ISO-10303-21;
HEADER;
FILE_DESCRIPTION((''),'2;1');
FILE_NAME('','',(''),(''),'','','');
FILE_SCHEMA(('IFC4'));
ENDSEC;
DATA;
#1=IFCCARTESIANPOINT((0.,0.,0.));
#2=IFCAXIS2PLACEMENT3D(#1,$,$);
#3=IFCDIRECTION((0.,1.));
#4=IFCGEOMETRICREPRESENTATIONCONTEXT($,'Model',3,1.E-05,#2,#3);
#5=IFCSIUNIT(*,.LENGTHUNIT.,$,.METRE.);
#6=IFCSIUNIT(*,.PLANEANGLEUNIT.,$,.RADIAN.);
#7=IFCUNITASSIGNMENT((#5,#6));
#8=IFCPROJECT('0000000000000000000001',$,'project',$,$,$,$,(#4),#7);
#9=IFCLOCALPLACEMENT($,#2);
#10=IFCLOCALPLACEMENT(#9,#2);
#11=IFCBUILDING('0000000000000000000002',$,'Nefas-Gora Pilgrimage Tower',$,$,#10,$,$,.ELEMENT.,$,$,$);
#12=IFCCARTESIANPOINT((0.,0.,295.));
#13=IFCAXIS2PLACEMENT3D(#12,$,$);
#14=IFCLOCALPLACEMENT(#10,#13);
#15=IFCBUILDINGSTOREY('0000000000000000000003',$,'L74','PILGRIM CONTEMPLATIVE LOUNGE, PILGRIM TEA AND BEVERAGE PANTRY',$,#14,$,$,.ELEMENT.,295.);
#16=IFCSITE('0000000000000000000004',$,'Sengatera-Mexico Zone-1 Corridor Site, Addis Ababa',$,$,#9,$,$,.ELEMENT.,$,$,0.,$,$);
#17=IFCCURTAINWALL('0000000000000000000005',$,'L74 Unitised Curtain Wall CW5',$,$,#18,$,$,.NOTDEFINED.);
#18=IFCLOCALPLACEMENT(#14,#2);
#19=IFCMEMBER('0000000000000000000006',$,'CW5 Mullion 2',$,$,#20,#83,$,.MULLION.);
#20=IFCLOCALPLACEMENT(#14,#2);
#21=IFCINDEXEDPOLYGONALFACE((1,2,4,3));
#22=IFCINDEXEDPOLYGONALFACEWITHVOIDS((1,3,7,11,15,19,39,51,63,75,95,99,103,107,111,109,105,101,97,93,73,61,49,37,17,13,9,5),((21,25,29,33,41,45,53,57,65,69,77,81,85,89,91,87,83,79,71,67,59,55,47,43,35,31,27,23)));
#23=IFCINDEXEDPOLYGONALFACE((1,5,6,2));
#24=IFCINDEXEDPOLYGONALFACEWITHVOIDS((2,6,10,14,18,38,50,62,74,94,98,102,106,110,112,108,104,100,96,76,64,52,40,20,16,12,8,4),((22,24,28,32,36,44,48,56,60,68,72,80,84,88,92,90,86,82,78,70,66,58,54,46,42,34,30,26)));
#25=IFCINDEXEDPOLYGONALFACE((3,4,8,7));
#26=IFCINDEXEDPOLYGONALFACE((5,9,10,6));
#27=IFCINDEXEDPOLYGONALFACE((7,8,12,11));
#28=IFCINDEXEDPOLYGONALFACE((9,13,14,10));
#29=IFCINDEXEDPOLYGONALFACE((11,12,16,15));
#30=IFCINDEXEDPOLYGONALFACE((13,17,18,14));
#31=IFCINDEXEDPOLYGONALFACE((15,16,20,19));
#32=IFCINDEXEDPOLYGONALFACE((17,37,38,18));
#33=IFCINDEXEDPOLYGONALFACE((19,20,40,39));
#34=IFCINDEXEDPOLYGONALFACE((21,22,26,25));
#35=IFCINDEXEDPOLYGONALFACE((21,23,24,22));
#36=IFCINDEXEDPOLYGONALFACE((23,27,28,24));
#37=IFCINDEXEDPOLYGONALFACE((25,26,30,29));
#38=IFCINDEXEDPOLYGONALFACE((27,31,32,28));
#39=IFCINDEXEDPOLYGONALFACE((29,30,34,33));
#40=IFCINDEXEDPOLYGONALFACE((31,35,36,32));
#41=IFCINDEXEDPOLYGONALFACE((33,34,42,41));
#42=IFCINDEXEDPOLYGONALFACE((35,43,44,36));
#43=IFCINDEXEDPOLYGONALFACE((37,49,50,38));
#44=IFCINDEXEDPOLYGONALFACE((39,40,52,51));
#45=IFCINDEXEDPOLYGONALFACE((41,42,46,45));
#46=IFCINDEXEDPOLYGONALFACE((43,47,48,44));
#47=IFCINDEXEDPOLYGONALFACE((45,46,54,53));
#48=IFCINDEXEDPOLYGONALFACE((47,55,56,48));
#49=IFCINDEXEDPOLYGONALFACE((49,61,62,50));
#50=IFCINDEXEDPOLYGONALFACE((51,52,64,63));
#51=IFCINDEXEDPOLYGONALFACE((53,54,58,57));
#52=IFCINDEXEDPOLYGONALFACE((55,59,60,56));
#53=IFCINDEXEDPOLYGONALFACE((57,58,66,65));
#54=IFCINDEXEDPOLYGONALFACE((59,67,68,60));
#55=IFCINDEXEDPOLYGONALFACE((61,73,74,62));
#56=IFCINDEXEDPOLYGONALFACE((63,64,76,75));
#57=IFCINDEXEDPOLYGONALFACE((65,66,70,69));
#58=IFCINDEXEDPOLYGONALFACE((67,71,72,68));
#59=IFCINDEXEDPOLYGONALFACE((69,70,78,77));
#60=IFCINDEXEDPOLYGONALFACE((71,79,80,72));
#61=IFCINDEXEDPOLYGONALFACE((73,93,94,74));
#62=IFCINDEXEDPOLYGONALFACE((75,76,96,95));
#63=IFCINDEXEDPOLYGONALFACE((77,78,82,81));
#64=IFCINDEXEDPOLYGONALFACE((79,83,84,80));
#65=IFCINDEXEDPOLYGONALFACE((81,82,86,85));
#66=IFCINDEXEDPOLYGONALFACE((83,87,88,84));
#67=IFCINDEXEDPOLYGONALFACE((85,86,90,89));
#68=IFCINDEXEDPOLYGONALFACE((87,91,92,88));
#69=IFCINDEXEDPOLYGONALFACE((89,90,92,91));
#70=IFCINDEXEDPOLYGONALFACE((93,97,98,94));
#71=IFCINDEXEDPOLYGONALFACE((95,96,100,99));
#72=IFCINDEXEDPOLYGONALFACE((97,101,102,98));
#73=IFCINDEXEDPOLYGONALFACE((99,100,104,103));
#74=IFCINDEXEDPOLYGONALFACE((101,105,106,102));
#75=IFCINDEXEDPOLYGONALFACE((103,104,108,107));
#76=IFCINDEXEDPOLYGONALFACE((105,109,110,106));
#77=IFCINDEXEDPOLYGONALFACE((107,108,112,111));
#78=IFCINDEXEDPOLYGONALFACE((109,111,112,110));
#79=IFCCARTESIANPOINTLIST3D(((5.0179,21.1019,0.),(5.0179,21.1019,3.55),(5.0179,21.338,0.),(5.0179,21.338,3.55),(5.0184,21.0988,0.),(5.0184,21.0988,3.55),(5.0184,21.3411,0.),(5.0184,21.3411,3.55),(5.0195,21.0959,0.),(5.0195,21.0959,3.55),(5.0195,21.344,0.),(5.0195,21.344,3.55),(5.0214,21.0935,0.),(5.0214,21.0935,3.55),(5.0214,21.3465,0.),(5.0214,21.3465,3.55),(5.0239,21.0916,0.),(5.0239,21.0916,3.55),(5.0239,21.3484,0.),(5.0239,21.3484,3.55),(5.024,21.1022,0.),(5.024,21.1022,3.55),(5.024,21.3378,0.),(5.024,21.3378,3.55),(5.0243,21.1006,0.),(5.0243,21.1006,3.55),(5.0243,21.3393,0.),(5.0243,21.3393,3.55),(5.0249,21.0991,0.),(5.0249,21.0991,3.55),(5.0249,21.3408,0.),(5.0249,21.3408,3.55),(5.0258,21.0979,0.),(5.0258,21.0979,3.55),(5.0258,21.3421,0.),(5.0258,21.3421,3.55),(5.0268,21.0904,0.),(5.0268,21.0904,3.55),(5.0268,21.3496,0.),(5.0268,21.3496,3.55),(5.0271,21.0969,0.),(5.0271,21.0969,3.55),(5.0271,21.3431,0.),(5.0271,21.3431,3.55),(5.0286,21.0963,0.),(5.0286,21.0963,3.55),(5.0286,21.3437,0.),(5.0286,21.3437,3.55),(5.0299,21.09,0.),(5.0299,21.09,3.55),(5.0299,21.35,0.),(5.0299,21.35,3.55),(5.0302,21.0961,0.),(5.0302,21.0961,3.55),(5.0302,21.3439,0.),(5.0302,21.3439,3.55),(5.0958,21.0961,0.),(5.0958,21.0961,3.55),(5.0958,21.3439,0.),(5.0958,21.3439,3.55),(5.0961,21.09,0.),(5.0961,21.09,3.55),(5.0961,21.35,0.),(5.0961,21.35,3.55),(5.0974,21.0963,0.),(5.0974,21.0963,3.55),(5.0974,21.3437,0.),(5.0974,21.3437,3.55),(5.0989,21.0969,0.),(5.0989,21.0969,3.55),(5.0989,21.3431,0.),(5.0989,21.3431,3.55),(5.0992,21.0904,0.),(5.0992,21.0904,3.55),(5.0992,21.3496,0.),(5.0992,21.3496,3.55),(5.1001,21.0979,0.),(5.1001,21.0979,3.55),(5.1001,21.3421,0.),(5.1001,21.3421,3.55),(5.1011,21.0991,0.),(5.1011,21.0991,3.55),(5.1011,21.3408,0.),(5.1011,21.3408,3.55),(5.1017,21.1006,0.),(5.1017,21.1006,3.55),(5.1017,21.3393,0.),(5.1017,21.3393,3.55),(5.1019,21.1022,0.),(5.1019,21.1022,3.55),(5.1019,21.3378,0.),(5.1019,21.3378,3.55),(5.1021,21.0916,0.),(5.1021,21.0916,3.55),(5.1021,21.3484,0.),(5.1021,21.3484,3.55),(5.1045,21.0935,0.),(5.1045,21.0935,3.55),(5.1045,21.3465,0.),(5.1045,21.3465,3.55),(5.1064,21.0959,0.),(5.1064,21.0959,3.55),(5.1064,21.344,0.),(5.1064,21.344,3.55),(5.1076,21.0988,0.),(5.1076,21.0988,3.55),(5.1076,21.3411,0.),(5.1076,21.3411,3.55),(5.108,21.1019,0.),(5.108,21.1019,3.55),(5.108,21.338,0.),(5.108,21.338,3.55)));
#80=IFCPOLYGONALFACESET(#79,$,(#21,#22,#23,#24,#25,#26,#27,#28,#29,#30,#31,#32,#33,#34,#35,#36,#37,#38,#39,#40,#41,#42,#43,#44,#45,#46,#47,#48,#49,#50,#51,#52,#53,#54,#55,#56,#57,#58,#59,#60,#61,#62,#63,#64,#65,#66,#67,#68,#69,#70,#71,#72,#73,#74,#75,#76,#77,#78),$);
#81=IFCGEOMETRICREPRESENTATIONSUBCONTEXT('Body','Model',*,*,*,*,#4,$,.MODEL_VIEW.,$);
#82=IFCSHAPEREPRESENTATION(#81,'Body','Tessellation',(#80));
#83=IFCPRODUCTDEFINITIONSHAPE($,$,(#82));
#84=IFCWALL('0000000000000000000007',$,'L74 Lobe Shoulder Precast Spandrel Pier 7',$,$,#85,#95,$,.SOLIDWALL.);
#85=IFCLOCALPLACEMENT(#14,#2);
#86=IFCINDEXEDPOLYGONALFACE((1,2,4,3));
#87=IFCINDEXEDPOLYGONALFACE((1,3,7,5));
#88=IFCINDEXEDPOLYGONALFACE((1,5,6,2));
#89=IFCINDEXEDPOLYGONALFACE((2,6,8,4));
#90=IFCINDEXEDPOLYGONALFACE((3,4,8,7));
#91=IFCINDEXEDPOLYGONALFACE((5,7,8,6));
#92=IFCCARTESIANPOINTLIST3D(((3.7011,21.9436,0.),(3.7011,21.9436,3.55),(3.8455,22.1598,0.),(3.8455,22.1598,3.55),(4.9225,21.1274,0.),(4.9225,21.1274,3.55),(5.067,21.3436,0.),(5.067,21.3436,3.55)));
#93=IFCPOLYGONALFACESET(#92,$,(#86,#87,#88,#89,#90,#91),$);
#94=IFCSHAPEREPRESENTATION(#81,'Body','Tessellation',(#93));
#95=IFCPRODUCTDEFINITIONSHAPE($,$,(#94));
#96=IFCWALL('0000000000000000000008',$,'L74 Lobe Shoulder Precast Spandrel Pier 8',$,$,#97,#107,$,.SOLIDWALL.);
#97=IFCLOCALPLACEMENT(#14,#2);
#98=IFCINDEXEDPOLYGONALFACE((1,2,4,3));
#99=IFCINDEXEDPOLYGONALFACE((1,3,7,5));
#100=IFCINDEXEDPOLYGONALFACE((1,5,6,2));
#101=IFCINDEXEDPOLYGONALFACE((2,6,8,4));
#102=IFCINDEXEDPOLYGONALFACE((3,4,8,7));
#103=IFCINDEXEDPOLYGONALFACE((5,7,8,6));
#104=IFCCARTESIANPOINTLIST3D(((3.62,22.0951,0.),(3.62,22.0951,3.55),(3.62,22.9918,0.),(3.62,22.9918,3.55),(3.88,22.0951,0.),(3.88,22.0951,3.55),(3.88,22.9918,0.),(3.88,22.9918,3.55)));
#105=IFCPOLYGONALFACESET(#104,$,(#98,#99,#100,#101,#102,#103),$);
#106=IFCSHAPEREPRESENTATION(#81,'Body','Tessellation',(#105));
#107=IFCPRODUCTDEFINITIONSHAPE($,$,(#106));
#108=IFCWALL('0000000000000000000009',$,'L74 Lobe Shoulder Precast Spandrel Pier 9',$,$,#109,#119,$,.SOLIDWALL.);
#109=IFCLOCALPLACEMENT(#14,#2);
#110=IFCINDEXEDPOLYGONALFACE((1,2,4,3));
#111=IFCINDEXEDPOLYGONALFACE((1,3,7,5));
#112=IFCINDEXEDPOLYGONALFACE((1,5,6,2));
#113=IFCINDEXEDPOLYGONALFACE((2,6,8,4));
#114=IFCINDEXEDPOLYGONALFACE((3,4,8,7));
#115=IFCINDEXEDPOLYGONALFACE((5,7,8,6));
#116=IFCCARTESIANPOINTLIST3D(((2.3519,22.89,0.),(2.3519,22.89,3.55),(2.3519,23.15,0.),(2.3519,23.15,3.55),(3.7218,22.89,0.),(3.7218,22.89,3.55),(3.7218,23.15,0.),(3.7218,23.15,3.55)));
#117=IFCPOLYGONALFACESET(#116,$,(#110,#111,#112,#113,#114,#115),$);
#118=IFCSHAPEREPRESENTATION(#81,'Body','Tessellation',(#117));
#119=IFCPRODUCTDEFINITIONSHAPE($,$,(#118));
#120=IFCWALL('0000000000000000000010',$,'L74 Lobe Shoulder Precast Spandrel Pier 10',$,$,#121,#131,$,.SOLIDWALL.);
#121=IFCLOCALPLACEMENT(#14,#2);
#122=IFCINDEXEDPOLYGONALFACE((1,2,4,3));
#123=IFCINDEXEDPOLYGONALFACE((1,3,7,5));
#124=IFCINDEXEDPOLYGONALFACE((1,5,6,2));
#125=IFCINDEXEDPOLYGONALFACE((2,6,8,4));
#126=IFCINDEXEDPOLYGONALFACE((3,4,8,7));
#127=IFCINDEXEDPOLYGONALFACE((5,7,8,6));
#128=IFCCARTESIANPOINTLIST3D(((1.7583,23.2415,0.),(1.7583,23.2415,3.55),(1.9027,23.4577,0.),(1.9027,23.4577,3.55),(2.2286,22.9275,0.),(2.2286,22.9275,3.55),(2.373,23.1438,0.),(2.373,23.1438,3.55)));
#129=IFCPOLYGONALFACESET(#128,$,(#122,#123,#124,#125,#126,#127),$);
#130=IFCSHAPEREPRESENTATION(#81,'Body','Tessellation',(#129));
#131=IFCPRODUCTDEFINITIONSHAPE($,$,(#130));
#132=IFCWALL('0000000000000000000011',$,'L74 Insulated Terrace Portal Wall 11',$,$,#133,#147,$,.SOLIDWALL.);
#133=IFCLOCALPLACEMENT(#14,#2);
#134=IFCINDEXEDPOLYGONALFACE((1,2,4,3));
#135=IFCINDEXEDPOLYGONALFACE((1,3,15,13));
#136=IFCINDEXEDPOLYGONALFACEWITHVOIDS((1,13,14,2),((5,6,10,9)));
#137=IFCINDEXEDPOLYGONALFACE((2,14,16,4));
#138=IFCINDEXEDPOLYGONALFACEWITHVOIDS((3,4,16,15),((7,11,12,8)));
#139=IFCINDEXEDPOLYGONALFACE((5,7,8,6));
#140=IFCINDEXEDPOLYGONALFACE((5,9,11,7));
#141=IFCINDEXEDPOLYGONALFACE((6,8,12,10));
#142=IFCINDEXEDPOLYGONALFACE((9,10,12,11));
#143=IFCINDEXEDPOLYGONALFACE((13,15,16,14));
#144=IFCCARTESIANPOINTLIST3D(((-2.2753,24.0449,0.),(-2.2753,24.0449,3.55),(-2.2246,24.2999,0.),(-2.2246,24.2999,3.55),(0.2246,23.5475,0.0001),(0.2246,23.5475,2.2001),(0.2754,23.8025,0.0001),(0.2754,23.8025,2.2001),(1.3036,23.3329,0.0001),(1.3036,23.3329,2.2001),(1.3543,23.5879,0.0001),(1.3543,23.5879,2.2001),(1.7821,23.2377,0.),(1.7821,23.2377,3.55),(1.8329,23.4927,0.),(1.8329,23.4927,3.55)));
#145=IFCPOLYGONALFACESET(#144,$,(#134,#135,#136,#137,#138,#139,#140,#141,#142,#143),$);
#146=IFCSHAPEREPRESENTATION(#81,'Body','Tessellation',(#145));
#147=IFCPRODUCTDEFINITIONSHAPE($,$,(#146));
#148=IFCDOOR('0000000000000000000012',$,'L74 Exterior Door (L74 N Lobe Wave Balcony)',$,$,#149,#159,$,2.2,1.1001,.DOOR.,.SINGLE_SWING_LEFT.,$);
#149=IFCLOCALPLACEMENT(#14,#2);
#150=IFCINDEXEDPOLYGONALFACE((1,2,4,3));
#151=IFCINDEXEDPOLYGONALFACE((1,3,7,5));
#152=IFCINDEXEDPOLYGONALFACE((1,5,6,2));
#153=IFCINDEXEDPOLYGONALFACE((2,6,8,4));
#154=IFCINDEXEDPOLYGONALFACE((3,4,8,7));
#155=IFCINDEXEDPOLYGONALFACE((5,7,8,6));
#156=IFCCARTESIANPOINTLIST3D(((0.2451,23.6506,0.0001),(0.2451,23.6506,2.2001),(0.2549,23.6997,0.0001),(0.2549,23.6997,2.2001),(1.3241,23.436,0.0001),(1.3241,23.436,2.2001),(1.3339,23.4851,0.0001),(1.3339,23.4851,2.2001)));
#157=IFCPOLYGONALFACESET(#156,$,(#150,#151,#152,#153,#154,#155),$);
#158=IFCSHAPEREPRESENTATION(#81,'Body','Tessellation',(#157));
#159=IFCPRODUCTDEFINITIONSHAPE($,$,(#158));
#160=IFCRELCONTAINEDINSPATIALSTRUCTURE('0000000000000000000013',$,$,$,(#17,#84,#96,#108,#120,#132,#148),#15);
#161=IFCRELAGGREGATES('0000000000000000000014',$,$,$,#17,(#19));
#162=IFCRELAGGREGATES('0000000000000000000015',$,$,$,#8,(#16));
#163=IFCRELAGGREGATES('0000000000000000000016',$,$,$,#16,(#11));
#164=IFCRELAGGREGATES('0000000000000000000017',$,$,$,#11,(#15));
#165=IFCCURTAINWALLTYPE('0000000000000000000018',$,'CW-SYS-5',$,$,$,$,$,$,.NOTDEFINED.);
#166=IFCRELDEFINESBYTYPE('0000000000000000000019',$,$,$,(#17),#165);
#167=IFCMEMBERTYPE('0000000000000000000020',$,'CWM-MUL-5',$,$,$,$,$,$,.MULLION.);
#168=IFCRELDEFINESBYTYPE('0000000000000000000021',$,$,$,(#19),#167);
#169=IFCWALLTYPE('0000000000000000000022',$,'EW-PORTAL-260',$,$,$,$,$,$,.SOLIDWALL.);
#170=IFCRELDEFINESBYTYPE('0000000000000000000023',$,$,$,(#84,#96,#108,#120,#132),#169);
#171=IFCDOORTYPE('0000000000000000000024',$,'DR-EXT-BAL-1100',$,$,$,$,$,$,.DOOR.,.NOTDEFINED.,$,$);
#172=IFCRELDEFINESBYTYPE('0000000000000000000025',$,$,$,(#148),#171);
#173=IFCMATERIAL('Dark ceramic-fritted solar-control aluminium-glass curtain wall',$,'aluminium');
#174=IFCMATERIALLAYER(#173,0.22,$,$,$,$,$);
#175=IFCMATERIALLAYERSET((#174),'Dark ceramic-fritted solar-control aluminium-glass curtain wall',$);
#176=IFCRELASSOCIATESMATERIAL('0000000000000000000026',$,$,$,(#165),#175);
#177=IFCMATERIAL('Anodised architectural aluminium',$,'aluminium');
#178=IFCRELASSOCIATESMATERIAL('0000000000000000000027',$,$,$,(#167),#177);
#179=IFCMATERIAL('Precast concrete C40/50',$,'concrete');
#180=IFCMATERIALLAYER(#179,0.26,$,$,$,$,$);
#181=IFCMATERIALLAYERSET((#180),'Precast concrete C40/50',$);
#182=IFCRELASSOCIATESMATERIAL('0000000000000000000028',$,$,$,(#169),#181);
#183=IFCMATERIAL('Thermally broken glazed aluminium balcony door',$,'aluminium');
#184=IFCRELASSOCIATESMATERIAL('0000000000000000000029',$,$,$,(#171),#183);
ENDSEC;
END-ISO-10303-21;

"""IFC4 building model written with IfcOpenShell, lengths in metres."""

from ifc_helpers import new_model, si_unit, direction, frame, frame_2d, origin, origin_2d, place, context, subcontext, project, spatial, rectangle, hollow_rectangle, extrude, source, transform, mapped, material, layer, layer_set, material_profile, profile_set, type_object, element, fill, aggregate, save


model = new_model("IFC4")

# Units and contexts
model_context = context("Model", 3, precision=1e-05, world=origin(), true_north=direction((0.0, 1.0)))
body_context = subcontext(model_context, "Body", "Model", "MODEL_VIEW")
ifc_project = project(units=[si_unit("LENGTHUNIT", "METRE"), si_unit("PLANEANGLEUNIT", "RADIAN")], contexts=[model_context])

# Site, building, storey
site_placement = place(None, origin())
site = spatial("IfcSite", under=ifc_project, at=site_placement, Name="Sengatera-Mexico Zone-1 Corridor Site, Addis Ababa", CompositionType="ELEMENT", RefElevation=0.0)
building_placement = place(site_placement, origin())
building = spatial("IfcBuilding", under=site, at=building_placement, Name="Nefas-Gora Pilgrimage Tower", CompositionType="ELEMENT")
storey_placement = place(building_placement, frame((0.0, 0.0, 295.0)))
storey = spatial("IfcBuildingStorey", under=building, at=storey_placement, Name="L74", Description="PILGRIM CONTEMPLATIVE LOUNGE, PILGRIM TEA AND BEVERAGE PANTRY", CompositionType="ELEMENT", Elevation=295.0)

# Curtain wall, member
ifc_material_1 = material(Name="Dark ceramic-fritted solar-control aluminium-glass curtain wall", Category="aluminium")
ifc_layer_1 = layer(ifc_material_1, 0.22)
ifc_layer_set_1 = layer_set([ifc_layer_1], Name="Dark ceramic-fritted solar-control aluminium-glass curtain wall")
curtain_wall_type = type_object("IfcCurtainWallType", Name="CW-SYS-5", PredefinedType="NOTDEFINED", material=ifc_layer_set_1)
curtain_wall_placement = place(storey_placement, origin())
curtain_wall = element("IfcCurtainWall", 1, at=curtain_wall_placement, inside=storey, type_object=curtain_wall_type, Name="L74 Unitised Curtain Wall CW5", PredefinedType="NOTDEFINED")
ifc_material_2 = material(Name="Anodised architectural aluminium", Category="aluminium")
ifc_material_profile_1 = material_profile(ifc_material_2, hollow_rectangle(XDim=0.0901, YDim=0.26, WallThickness=0.0061, InnerFilletRadius=0.0061, OuterFilletRadius=0.012, at=origin_2d()), Name="ALU MULLION 90x260")
ifc_profile_set_1 = profile_set([ifc_material_profile_1], Name="Anodised architectural aluminium")
member_type = type_object("IfcMemberType", Name="CWM-MUL-5", PredefinedType="MULLION", material=ifc_profile_set_1)
shared_shape_1 = source(origin(), body_context, "Body", "SweptSolid", [
    extrude(hollow_rectangle(XDim=0.0901, YDim=0.26, WallThickness=0.0061, InnerFilletRadius=0.0061, OuterFilletRadius=0.012, at=origin_2d()), origin(), (0.0, 0.0, 1.0), 3.55),
])
member_placement = place(storey_placement, frame((5.063, 21.22, 0.0), z_axis=(0.0, 0.0, 1.0), x_axis=(-1.0, 0.0, 0.0)))
member = element("IfcMember", 2, at=member_placement, type_object=member_type, Name="CW5 Mullion 2", PredefinedType="MULLION", context=body_context, shape_type="MappedRepresentation", body=[
    mapped(shared_shape_1, transform((0.0, 0.0, 0.0), x_axis=(1.0, 0.0, 0.0), y_axis=(0.0, 1.0, 0.0), z_axis=(0.0, 0.0, 1.0), scale=1.0)),
])
aggregate(curtain_wall, [member])

# Walls
ifc_material_3 = material(Name="Precast concrete C40/50", Category="concrete")
ifc_layer_2 = layer(ifc_material_3, 0.26)
ifc_layer_set_2 = layer_set([ifc_layer_2], Name="Precast concrete C40/50")
wall_type_1 = type_object("IfcWallType", Name="EW-PORTAL-260", PredefinedType="SOLIDWALL", material=ifc_layer_set_2)
shared_shape_2 = source(origin(), body_context, "Body", "SweptSolid", [
    extrude(rectangle(XDim=1.469, YDim=0.26, at=frame_2d((0.7344, 0.0))), origin(), (0.0, 0.0, 1.0), 3.55),
])
wall_1_placement = place(storey_placement, frame((4.9946, 21.2356, 0.0), z_axis=(0.0, 0.0, 1.0), x_axis=(-0.831462, 0.555582, 0.0)))
element("IfcWall", 3, at=wall_1_placement, inside=storey, type_object=wall_type_1, Name="L74 Lobe Shoulder Precast Spandrel Pier 7", PredefinedType="SOLIDWALL", context=body_context, shape_type="MappedRepresentation", body=[
    mapped(shared_shape_2, transform((0.0, 0.0, 0.0), x_axis=(1.0, 0.0, 0.0), y_axis=(0.0, 1.0, 0.0), z_axis=(0.0, 0.0, 1.0), scale=1.0)),
])
shared_shape_3 = source(origin(), body_context, "Body", "SweptSolid", [
    extrude(rectangle(XDim=0.8967, YDim=0.26, at=frame_2d((0.4482, 0.0))), origin(), (0.0, 0.0, 1.0), 3.55),
])
wall_2_placement = place(storey_placement, frame((3.75, 22.0952, 0.0), z_axis=(0.0, 0.0, 1.0), x_axis=(0.0, 1.0, 0.0)))
element("IfcWall", 4, at=wall_2_placement, inside=storey, type_object=wall_type_1, Name="L74 Lobe Shoulder Precast Spandrel Pier 8", PredefinedType="SOLIDWALL", context=body_context, shape_type="MappedRepresentation", body=[
    mapped(shared_shape_3, transform((0.0, 0.0, 0.0), x_axis=(1.0, 0.0, 0.0), y_axis=(0.0, 1.0, 0.0), z_axis=(0.0, 0.0, 1.0), scale=1.0)),
])
shared_shape_4 = source(origin(), body_context, "Body", "SweptSolid", [
    extrude(rectangle(XDim=1.3699, YDim=0.26, at=frame_2d((0.6851, 0.0))), origin(), (0.0, 0.0, 1.0), 3.55),
])
wall_3_placement = place(storey_placement, frame((3.7219, 23.02, 0.0), z_axis=(0.0, 0.0, 1.0), x_axis=(-1.0, 0.0, 0.0)))
element("IfcWall", 5, at=wall_3_placement, inside=storey, type_object=wall_type_1, Name="L74 Lobe Shoulder Precast Spandrel Pier 9", PredefinedType="SOLIDWALL", context=body_context, shape_type="MappedRepresentation", body=[
    mapped(shared_shape_4, transform((0.0, 0.0, 0.0), x_axis=(1.0, 0.0, 0.0), y_axis=(0.0, 1.0, 0.0), z_axis=(0.0, 0.0, 1.0), scale=1.0)),
])
shared_shape_5 = source(origin(), body_context, "Body", "SweptSolid", [
    extrude(rectangle(XDim=0.5654, YDim=0.26, at=frame_2d((0.2827, 0.0))), origin(), (0.0, 0.0, 1.0), 3.55),
])
wall_4_placement = place(storey_placement, frame((2.3008, 23.0356, 0.0), z_axis=(0.0, 0.0, 1.0), x_axis=(-0.831651, 0.555298, 0.0)))
element("IfcWall", 6, at=wall_4_placement, inside=storey, type_object=wall_type_1, Name="L74 Lobe Shoulder Precast Spandrel Pier 10", PredefinedType="SOLIDWALL", context=body_context, shape_type="MappedRepresentation", body=[
    mapped(shared_shape_5, transform((0.0, 0.0, 0.0), x_axis=(1.0, 0.0, 0.0), y_axis=(0.0, 1.0, 0.0), z_axis=(0.0, 0.0, 1.0), scale=1.0)),
])

# Wall, opening, door
shared_shape_6 = source(origin(), body_context, "Body", "SweptSolid", [
    extrude(rectangle(XDim=4.137, YDim=0.26, at=frame_2d((2.0684, 0.0))), origin(), (0.0, 0.0, 1.0), 3.55),
])
wall_5_placement = place(storey_placement, frame((1.8074, 23.3652, 0.0), z_axis=(0.0, 0.0, 1.0), x_axis=(-0.980782, 0.195106, 0.0)))
wall_5 = element("IfcWall", 7, at=wall_5_placement, inside=storey, type_object=wall_type_1, Name="L74 Insulated Terrace Portal Wall 11", PredefinedType="SOLIDWALL", context=body_context, shape_type="MappedRepresentation", body=[
    mapped(shared_shape_6, transform((0.0, 0.0, 0.0), x_axis=(1.0, 0.0, 0.0), y_axis=(0.0, 1.0, 0.0), z_axis=(0.0, 0.0, 1.0), scale=1.0)),
])
opening_1_placement = place(wall_5_placement, frame((0.4878, 0.0, 0.0)))
opening_1 = element("IfcOpeningElement", 8, at=opening_1_placement, cuts=wall_5, PredefinedType="OPENING", context=body_context, shape_type="SweptSolid", body=[
    extrude(rectangle(XDim=1.1001, YDim=2.2, at=frame_2d((0.55, 1.1001))), frame((0.0, 0.1399, 0.0), z_axis=(0.0, -1.0, 0.0), x_axis=(1.0, 0.0, 0.0)), (0.0, 0.0, 1.0), 0.28),
])
ifc_material_4 = material(Name="Thermally broken glazed aluminium balcony door", Category="aluminium")
door_type_1 = type_object("IfcDoorType", Name="DR-EXT-BAL-1100", OperationType="NOTDEFINED", PredefinedType="DOOR", material=ifc_material_4)
shared_shape_7 = source(origin(), body_context, "Body", "SweptSolid", [
    extrude(rectangle(XDim=1.1001, YDim=2.2, at=frame_2d((0.55, 1.1001))), frame((0.0, 0.0249, 0.0), z_axis=(0.0, -1.0, 0.0), x_axis=(1.0, 0.0, 0.0)), (0.0, 0.0, 1.0), 0.05),
])
door_1_placement = place(opening_1_placement, origin())
door_1 = element("IfcDoor", 9, at=door_1_placement, inside=storey, type_object=door_type_1, Name="L74 Exterior Door (L74 N Lobe Wave Balcony)", OperationType="SINGLE_SWING_LEFT", OverallHeight=2.2, OverallWidth=1.1001, PredefinedType="DOOR", context=body_context, shape_type="MappedRepresentation", body=[
    mapped(shared_shape_7, transform((0.0, 0.0, 0.0), x_axis=(1.0, 0.0, 0.0), y_axis=(0.0, 1.0, 0.0), z_axis=(0.0, 0.0, 1.0), scale=1.0)),
])
fill(opening_1, door_1)

save(model, "model.ifc")
